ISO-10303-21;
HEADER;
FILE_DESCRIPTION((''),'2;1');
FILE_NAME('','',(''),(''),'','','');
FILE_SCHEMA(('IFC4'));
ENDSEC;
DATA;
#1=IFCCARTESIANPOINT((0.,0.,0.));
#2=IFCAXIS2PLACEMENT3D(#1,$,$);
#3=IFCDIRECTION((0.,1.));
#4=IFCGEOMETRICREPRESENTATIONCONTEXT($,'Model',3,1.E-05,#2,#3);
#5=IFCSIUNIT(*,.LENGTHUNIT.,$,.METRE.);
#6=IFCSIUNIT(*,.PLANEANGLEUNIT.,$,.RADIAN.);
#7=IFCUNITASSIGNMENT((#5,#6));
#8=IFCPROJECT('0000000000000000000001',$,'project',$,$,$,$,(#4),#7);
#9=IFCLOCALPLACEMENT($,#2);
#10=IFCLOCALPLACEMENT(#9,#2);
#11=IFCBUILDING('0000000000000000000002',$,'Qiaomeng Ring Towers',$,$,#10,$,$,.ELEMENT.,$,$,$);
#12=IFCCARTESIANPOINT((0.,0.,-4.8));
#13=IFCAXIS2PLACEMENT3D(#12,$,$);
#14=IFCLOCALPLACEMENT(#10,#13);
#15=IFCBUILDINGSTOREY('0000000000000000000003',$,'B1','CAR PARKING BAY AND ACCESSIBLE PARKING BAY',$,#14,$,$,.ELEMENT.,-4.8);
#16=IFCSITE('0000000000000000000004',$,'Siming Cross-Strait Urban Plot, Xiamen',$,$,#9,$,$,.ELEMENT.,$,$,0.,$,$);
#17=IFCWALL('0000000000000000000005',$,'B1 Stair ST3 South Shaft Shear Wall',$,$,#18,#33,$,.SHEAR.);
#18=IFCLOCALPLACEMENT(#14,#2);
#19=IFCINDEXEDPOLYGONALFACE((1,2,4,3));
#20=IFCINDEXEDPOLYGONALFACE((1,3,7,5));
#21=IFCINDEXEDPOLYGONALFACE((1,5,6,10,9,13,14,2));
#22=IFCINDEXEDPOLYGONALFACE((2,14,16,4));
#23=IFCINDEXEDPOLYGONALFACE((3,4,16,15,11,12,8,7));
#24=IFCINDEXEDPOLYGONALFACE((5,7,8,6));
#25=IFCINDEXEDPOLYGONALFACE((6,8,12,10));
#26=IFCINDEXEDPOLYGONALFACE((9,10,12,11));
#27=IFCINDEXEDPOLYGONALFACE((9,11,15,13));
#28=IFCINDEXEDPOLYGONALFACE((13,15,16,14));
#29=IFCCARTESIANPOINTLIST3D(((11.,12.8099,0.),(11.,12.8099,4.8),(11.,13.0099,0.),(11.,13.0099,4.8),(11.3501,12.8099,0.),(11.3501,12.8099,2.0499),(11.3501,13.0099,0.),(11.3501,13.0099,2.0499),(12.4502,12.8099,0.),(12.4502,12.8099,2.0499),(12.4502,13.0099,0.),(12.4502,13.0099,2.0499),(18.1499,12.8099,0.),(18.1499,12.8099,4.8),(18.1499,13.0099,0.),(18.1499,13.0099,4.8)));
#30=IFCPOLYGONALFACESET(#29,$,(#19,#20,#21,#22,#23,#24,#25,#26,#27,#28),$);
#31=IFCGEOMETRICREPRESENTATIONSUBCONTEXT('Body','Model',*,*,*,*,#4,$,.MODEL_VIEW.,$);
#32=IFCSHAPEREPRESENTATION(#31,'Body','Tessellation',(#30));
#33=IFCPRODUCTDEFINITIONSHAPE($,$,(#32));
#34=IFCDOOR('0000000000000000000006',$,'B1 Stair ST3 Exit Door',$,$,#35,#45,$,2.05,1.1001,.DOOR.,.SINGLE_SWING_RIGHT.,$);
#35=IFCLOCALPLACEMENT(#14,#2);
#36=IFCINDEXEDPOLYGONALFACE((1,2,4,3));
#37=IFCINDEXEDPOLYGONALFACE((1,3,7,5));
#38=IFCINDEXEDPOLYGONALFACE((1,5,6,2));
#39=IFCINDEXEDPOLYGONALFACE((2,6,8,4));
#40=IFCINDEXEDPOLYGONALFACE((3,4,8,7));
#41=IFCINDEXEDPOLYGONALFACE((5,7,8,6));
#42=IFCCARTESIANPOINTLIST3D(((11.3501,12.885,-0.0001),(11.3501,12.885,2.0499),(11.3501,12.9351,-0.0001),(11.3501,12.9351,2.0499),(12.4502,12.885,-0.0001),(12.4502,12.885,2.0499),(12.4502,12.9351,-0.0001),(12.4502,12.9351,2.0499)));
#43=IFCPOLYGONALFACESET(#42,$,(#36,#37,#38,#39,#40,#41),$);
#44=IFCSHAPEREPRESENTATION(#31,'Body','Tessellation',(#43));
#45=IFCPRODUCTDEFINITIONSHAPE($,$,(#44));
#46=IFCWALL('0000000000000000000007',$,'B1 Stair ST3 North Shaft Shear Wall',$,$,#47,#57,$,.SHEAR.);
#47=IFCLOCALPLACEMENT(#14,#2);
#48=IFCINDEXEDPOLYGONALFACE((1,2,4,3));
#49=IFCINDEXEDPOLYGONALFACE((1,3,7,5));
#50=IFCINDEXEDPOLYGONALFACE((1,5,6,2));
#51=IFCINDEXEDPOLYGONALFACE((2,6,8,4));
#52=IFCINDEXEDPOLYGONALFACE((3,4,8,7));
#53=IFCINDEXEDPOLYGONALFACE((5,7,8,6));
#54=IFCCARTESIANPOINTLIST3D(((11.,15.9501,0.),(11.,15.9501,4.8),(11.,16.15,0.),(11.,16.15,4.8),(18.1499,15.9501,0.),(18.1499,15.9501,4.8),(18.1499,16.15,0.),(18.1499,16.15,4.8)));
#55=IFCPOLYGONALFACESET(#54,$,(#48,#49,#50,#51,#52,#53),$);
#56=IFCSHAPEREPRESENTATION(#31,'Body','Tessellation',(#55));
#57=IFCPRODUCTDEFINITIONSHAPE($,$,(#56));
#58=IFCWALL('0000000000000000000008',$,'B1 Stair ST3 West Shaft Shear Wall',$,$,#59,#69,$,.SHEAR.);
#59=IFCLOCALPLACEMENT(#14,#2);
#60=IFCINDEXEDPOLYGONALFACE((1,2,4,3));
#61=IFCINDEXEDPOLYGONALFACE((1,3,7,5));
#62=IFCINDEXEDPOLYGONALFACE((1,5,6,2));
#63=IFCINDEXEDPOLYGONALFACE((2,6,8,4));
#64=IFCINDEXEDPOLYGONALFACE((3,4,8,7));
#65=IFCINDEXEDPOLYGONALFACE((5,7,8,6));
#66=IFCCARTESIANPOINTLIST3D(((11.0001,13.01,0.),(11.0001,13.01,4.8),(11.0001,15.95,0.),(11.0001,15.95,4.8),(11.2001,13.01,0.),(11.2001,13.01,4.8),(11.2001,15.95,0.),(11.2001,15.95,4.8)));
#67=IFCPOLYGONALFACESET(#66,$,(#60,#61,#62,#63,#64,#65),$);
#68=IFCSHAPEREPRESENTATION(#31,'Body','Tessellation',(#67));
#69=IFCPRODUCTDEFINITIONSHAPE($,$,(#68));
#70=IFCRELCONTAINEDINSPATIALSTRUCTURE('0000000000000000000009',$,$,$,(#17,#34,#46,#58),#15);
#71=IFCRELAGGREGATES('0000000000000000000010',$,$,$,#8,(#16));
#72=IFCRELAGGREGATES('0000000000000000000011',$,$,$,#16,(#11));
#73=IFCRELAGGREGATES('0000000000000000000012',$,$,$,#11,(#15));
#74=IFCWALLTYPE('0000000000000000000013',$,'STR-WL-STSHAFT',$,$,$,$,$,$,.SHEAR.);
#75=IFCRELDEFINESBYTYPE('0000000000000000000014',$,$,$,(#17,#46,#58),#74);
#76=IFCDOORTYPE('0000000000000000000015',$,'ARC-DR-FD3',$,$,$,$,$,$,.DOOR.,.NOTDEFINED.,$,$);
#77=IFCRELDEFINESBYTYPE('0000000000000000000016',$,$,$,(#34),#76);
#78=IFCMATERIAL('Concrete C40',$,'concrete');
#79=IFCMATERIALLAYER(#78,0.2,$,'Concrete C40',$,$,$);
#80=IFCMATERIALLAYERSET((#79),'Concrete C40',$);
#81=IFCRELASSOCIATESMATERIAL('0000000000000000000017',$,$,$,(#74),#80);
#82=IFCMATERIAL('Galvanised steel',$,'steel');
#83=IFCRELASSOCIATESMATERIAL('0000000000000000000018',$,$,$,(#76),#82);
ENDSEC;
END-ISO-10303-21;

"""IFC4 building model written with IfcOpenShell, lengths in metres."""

from ifc_helpers import new_model, si_unit, direction, frame, frame_2d, origin, place, context, subcontext, project, spatial, rectangle, extrude, source, transform, mapped, material, layer, layer_set, type_object, element, fill, save


model = new_model("IFC4")

# Units and contexts
model_context = context("Model", 3, precision=1e-05, world=origin(), true_north=direction((0.0, 1.0)))
body_context = subcontext(model_context, "Body", "Model", "MODEL_VIEW")
ifc_project = project(units=[si_unit("LENGTHUNIT", "METRE"), si_unit("PLANEANGLEUNIT", "RADIAN")], contexts=[model_context])

# Site, building, storey
site_placement = place(None, origin())
site = spatial("IfcSite", under=ifc_project, at=site_placement, Name="Siming Cross-Strait Urban Plot, Xiamen", CompositionType="ELEMENT", RefElevation=0.0)
building_placement = place(site_placement, origin())
building = spatial("IfcBuilding", under=site, at=building_placement, Name="Qiaomeng Ring Towers", CompositionType="ELEMENT")
storey_placement = place(building_placement, frame((0.0, 0.0, -4.8)))
storey = spatial("IfcBuildingStorey", under=building, at=storey_placement, Name="B1", Description="CAR PARKING BAY AND ACCESSIBLE PARKING BAY", CompositionType="ELEMENT", Elevation=-4.8)

# Shared definitions
ifc_material_1 = material(Name="Concrete C40", Category="concrete")
ifc_layer_1 = layer(ifc_material_1, 0.2, Name="Concrete C40")
ifc_layer_set_1 = layer_set([ifc_layer_1], Name="Concrete C40")
wall_type_1 = type_object("IfcWallType", Name="STR-WL-STSHAFT", PredefinedType="SHEAR", material=ifc_layer_set_1)

# Wall, opening, door
wall_1_placement = place(storey_placement, frame((11.0, 12.9099, 0.0), z_axis=(0.0, 0.0, 1.0), x_axis=(1.0, 0.0, 0.0)))
wall_1 = element("IfcWall", 1, at=wall_1_placement, inside=storey, type_object=wall_type_1, Name="B1 Stair ST3 South Shaft Shear Wall", PredefinedType="SHEAR", context=body_context, shape_type="SweptSolid", body=[
    extrude(rectangle(XDim=7.1499, YDim=0.2, at=frame_2d((3.575, 0.0))), origin(), (0.0, 0.0, 1.0), 4.8),
])
opening_1_placement = place(wall_1_placement, frame((0.3501, 0.0, 0.0)))
opening_1 = element("IfcOpeningElement", 2, at=opening_1_placement, cuts=wall_1, PredefinedType="OPENING", context=body_context, shape_type="SweptSolid", body=[
    extrude(rectangle(XDim=1.1001, YDim=2.05, at=frame_2d((0.55, 1.0249))), frame((0.0, 0.1099, 0.0), z_axis=(0.0, -1.0, 0.0), x_axis=(1.0, 0.0, 0.0)), (0.0, 0.0, 1.0), 0.22),
])
ifc_material_2 = material(Name="Galvanised steel", Category="steel")
door_type_1 = type_object("IfcDoorType", Name="ARC-DR-FD3", OperationType="NOTDEFINED", PredefinedType="DOOR", material=ifc_material_2)
shared_shape_1 = source(origin(), body_context, "Body", "SweptSolid", [
    extrude(rectangle(XDim=1.1001, YDim=2.05, at=frame_2d((0.55, 1.0249))), frame((0.0, 0.0249, 0.0), z_axis=(0.0, -1.0, 0.0), x_axis=(1.0, 0.0, 0.0)), (0.0, 0.0, 1.0), 0.05),
])
door_1_placement = place(opening_1_placement, frame((1.1001, 0.0, 0.0), z_axis=(0.0, 0.0, 1.0), x_axis=(-1.0, 0.0, 0.0)))
door_1 = element("IfcDoor", 3, at=door_1_placement, inside=storey, type_object=door_type_1, Name="B1 Stair ST3 Exit Door", OperationType="SINGLE_SWING_RIGHT", OverallHeight=2.05, OverallWidth=1.1001, PredefinedType="DOOR", context=body_context, shape_type="MappedRepresentation", body=[
    mapped(shared_shape_1, transform((0.0, 0.0, 0.0), x_axis=(1.0, 0.0, 0.0), y_axis=(0.0, 1.0, 0.0), z_axis=(0.0, 0.0, 1.0), scale=1.0)),
])
fill(opening_1, door_1)

# Walls
wall_2_placement = place(storey_placement, frame((11.0, 16.05, 0.0), z_axis=(0.0, 0.0, 1.0), x_axis=(1.0, 0.0, 0.0)))
element("IfcWall", 4, at=wall_2_placement, inside=storey, type_object=wall_type_1, Name="B1 Stair ST3 North Shaft Shear Wall", PredefinedType="SHEAR", context=body_context, shape_type="SweptSolid", body=[
    extrude(rectangle(XDim=7.1499, YDim=0.2, at=frame_2d((3.575, 0.0))), origin(), (0.0, 0.0, 1.0), 4.8),
])
wall_3_placement = place(storey_placement, frame((11.1001, 13.01, 0.0), z_axis=(0.0, 0.0, 1.0), x_axis=(0.0, 1.0, 0.0)))
element("IfcWall", 5, at=wall_3_placement, inside=storey, type_object=wall_type_1, Name="B1 Stair ST3 West Shaft Shear Wall", PredefinedType="SHEAR", context=body_context, shape_type="SweptSolid", body=[
    extrude(rectangle(XDim=2.9399, YDim=0.2, at=frame_2d((1.47, 0.0))), origin(), (0.0, 0.0, 1.0), 4.8),
])

save(model, "model.ifc")
